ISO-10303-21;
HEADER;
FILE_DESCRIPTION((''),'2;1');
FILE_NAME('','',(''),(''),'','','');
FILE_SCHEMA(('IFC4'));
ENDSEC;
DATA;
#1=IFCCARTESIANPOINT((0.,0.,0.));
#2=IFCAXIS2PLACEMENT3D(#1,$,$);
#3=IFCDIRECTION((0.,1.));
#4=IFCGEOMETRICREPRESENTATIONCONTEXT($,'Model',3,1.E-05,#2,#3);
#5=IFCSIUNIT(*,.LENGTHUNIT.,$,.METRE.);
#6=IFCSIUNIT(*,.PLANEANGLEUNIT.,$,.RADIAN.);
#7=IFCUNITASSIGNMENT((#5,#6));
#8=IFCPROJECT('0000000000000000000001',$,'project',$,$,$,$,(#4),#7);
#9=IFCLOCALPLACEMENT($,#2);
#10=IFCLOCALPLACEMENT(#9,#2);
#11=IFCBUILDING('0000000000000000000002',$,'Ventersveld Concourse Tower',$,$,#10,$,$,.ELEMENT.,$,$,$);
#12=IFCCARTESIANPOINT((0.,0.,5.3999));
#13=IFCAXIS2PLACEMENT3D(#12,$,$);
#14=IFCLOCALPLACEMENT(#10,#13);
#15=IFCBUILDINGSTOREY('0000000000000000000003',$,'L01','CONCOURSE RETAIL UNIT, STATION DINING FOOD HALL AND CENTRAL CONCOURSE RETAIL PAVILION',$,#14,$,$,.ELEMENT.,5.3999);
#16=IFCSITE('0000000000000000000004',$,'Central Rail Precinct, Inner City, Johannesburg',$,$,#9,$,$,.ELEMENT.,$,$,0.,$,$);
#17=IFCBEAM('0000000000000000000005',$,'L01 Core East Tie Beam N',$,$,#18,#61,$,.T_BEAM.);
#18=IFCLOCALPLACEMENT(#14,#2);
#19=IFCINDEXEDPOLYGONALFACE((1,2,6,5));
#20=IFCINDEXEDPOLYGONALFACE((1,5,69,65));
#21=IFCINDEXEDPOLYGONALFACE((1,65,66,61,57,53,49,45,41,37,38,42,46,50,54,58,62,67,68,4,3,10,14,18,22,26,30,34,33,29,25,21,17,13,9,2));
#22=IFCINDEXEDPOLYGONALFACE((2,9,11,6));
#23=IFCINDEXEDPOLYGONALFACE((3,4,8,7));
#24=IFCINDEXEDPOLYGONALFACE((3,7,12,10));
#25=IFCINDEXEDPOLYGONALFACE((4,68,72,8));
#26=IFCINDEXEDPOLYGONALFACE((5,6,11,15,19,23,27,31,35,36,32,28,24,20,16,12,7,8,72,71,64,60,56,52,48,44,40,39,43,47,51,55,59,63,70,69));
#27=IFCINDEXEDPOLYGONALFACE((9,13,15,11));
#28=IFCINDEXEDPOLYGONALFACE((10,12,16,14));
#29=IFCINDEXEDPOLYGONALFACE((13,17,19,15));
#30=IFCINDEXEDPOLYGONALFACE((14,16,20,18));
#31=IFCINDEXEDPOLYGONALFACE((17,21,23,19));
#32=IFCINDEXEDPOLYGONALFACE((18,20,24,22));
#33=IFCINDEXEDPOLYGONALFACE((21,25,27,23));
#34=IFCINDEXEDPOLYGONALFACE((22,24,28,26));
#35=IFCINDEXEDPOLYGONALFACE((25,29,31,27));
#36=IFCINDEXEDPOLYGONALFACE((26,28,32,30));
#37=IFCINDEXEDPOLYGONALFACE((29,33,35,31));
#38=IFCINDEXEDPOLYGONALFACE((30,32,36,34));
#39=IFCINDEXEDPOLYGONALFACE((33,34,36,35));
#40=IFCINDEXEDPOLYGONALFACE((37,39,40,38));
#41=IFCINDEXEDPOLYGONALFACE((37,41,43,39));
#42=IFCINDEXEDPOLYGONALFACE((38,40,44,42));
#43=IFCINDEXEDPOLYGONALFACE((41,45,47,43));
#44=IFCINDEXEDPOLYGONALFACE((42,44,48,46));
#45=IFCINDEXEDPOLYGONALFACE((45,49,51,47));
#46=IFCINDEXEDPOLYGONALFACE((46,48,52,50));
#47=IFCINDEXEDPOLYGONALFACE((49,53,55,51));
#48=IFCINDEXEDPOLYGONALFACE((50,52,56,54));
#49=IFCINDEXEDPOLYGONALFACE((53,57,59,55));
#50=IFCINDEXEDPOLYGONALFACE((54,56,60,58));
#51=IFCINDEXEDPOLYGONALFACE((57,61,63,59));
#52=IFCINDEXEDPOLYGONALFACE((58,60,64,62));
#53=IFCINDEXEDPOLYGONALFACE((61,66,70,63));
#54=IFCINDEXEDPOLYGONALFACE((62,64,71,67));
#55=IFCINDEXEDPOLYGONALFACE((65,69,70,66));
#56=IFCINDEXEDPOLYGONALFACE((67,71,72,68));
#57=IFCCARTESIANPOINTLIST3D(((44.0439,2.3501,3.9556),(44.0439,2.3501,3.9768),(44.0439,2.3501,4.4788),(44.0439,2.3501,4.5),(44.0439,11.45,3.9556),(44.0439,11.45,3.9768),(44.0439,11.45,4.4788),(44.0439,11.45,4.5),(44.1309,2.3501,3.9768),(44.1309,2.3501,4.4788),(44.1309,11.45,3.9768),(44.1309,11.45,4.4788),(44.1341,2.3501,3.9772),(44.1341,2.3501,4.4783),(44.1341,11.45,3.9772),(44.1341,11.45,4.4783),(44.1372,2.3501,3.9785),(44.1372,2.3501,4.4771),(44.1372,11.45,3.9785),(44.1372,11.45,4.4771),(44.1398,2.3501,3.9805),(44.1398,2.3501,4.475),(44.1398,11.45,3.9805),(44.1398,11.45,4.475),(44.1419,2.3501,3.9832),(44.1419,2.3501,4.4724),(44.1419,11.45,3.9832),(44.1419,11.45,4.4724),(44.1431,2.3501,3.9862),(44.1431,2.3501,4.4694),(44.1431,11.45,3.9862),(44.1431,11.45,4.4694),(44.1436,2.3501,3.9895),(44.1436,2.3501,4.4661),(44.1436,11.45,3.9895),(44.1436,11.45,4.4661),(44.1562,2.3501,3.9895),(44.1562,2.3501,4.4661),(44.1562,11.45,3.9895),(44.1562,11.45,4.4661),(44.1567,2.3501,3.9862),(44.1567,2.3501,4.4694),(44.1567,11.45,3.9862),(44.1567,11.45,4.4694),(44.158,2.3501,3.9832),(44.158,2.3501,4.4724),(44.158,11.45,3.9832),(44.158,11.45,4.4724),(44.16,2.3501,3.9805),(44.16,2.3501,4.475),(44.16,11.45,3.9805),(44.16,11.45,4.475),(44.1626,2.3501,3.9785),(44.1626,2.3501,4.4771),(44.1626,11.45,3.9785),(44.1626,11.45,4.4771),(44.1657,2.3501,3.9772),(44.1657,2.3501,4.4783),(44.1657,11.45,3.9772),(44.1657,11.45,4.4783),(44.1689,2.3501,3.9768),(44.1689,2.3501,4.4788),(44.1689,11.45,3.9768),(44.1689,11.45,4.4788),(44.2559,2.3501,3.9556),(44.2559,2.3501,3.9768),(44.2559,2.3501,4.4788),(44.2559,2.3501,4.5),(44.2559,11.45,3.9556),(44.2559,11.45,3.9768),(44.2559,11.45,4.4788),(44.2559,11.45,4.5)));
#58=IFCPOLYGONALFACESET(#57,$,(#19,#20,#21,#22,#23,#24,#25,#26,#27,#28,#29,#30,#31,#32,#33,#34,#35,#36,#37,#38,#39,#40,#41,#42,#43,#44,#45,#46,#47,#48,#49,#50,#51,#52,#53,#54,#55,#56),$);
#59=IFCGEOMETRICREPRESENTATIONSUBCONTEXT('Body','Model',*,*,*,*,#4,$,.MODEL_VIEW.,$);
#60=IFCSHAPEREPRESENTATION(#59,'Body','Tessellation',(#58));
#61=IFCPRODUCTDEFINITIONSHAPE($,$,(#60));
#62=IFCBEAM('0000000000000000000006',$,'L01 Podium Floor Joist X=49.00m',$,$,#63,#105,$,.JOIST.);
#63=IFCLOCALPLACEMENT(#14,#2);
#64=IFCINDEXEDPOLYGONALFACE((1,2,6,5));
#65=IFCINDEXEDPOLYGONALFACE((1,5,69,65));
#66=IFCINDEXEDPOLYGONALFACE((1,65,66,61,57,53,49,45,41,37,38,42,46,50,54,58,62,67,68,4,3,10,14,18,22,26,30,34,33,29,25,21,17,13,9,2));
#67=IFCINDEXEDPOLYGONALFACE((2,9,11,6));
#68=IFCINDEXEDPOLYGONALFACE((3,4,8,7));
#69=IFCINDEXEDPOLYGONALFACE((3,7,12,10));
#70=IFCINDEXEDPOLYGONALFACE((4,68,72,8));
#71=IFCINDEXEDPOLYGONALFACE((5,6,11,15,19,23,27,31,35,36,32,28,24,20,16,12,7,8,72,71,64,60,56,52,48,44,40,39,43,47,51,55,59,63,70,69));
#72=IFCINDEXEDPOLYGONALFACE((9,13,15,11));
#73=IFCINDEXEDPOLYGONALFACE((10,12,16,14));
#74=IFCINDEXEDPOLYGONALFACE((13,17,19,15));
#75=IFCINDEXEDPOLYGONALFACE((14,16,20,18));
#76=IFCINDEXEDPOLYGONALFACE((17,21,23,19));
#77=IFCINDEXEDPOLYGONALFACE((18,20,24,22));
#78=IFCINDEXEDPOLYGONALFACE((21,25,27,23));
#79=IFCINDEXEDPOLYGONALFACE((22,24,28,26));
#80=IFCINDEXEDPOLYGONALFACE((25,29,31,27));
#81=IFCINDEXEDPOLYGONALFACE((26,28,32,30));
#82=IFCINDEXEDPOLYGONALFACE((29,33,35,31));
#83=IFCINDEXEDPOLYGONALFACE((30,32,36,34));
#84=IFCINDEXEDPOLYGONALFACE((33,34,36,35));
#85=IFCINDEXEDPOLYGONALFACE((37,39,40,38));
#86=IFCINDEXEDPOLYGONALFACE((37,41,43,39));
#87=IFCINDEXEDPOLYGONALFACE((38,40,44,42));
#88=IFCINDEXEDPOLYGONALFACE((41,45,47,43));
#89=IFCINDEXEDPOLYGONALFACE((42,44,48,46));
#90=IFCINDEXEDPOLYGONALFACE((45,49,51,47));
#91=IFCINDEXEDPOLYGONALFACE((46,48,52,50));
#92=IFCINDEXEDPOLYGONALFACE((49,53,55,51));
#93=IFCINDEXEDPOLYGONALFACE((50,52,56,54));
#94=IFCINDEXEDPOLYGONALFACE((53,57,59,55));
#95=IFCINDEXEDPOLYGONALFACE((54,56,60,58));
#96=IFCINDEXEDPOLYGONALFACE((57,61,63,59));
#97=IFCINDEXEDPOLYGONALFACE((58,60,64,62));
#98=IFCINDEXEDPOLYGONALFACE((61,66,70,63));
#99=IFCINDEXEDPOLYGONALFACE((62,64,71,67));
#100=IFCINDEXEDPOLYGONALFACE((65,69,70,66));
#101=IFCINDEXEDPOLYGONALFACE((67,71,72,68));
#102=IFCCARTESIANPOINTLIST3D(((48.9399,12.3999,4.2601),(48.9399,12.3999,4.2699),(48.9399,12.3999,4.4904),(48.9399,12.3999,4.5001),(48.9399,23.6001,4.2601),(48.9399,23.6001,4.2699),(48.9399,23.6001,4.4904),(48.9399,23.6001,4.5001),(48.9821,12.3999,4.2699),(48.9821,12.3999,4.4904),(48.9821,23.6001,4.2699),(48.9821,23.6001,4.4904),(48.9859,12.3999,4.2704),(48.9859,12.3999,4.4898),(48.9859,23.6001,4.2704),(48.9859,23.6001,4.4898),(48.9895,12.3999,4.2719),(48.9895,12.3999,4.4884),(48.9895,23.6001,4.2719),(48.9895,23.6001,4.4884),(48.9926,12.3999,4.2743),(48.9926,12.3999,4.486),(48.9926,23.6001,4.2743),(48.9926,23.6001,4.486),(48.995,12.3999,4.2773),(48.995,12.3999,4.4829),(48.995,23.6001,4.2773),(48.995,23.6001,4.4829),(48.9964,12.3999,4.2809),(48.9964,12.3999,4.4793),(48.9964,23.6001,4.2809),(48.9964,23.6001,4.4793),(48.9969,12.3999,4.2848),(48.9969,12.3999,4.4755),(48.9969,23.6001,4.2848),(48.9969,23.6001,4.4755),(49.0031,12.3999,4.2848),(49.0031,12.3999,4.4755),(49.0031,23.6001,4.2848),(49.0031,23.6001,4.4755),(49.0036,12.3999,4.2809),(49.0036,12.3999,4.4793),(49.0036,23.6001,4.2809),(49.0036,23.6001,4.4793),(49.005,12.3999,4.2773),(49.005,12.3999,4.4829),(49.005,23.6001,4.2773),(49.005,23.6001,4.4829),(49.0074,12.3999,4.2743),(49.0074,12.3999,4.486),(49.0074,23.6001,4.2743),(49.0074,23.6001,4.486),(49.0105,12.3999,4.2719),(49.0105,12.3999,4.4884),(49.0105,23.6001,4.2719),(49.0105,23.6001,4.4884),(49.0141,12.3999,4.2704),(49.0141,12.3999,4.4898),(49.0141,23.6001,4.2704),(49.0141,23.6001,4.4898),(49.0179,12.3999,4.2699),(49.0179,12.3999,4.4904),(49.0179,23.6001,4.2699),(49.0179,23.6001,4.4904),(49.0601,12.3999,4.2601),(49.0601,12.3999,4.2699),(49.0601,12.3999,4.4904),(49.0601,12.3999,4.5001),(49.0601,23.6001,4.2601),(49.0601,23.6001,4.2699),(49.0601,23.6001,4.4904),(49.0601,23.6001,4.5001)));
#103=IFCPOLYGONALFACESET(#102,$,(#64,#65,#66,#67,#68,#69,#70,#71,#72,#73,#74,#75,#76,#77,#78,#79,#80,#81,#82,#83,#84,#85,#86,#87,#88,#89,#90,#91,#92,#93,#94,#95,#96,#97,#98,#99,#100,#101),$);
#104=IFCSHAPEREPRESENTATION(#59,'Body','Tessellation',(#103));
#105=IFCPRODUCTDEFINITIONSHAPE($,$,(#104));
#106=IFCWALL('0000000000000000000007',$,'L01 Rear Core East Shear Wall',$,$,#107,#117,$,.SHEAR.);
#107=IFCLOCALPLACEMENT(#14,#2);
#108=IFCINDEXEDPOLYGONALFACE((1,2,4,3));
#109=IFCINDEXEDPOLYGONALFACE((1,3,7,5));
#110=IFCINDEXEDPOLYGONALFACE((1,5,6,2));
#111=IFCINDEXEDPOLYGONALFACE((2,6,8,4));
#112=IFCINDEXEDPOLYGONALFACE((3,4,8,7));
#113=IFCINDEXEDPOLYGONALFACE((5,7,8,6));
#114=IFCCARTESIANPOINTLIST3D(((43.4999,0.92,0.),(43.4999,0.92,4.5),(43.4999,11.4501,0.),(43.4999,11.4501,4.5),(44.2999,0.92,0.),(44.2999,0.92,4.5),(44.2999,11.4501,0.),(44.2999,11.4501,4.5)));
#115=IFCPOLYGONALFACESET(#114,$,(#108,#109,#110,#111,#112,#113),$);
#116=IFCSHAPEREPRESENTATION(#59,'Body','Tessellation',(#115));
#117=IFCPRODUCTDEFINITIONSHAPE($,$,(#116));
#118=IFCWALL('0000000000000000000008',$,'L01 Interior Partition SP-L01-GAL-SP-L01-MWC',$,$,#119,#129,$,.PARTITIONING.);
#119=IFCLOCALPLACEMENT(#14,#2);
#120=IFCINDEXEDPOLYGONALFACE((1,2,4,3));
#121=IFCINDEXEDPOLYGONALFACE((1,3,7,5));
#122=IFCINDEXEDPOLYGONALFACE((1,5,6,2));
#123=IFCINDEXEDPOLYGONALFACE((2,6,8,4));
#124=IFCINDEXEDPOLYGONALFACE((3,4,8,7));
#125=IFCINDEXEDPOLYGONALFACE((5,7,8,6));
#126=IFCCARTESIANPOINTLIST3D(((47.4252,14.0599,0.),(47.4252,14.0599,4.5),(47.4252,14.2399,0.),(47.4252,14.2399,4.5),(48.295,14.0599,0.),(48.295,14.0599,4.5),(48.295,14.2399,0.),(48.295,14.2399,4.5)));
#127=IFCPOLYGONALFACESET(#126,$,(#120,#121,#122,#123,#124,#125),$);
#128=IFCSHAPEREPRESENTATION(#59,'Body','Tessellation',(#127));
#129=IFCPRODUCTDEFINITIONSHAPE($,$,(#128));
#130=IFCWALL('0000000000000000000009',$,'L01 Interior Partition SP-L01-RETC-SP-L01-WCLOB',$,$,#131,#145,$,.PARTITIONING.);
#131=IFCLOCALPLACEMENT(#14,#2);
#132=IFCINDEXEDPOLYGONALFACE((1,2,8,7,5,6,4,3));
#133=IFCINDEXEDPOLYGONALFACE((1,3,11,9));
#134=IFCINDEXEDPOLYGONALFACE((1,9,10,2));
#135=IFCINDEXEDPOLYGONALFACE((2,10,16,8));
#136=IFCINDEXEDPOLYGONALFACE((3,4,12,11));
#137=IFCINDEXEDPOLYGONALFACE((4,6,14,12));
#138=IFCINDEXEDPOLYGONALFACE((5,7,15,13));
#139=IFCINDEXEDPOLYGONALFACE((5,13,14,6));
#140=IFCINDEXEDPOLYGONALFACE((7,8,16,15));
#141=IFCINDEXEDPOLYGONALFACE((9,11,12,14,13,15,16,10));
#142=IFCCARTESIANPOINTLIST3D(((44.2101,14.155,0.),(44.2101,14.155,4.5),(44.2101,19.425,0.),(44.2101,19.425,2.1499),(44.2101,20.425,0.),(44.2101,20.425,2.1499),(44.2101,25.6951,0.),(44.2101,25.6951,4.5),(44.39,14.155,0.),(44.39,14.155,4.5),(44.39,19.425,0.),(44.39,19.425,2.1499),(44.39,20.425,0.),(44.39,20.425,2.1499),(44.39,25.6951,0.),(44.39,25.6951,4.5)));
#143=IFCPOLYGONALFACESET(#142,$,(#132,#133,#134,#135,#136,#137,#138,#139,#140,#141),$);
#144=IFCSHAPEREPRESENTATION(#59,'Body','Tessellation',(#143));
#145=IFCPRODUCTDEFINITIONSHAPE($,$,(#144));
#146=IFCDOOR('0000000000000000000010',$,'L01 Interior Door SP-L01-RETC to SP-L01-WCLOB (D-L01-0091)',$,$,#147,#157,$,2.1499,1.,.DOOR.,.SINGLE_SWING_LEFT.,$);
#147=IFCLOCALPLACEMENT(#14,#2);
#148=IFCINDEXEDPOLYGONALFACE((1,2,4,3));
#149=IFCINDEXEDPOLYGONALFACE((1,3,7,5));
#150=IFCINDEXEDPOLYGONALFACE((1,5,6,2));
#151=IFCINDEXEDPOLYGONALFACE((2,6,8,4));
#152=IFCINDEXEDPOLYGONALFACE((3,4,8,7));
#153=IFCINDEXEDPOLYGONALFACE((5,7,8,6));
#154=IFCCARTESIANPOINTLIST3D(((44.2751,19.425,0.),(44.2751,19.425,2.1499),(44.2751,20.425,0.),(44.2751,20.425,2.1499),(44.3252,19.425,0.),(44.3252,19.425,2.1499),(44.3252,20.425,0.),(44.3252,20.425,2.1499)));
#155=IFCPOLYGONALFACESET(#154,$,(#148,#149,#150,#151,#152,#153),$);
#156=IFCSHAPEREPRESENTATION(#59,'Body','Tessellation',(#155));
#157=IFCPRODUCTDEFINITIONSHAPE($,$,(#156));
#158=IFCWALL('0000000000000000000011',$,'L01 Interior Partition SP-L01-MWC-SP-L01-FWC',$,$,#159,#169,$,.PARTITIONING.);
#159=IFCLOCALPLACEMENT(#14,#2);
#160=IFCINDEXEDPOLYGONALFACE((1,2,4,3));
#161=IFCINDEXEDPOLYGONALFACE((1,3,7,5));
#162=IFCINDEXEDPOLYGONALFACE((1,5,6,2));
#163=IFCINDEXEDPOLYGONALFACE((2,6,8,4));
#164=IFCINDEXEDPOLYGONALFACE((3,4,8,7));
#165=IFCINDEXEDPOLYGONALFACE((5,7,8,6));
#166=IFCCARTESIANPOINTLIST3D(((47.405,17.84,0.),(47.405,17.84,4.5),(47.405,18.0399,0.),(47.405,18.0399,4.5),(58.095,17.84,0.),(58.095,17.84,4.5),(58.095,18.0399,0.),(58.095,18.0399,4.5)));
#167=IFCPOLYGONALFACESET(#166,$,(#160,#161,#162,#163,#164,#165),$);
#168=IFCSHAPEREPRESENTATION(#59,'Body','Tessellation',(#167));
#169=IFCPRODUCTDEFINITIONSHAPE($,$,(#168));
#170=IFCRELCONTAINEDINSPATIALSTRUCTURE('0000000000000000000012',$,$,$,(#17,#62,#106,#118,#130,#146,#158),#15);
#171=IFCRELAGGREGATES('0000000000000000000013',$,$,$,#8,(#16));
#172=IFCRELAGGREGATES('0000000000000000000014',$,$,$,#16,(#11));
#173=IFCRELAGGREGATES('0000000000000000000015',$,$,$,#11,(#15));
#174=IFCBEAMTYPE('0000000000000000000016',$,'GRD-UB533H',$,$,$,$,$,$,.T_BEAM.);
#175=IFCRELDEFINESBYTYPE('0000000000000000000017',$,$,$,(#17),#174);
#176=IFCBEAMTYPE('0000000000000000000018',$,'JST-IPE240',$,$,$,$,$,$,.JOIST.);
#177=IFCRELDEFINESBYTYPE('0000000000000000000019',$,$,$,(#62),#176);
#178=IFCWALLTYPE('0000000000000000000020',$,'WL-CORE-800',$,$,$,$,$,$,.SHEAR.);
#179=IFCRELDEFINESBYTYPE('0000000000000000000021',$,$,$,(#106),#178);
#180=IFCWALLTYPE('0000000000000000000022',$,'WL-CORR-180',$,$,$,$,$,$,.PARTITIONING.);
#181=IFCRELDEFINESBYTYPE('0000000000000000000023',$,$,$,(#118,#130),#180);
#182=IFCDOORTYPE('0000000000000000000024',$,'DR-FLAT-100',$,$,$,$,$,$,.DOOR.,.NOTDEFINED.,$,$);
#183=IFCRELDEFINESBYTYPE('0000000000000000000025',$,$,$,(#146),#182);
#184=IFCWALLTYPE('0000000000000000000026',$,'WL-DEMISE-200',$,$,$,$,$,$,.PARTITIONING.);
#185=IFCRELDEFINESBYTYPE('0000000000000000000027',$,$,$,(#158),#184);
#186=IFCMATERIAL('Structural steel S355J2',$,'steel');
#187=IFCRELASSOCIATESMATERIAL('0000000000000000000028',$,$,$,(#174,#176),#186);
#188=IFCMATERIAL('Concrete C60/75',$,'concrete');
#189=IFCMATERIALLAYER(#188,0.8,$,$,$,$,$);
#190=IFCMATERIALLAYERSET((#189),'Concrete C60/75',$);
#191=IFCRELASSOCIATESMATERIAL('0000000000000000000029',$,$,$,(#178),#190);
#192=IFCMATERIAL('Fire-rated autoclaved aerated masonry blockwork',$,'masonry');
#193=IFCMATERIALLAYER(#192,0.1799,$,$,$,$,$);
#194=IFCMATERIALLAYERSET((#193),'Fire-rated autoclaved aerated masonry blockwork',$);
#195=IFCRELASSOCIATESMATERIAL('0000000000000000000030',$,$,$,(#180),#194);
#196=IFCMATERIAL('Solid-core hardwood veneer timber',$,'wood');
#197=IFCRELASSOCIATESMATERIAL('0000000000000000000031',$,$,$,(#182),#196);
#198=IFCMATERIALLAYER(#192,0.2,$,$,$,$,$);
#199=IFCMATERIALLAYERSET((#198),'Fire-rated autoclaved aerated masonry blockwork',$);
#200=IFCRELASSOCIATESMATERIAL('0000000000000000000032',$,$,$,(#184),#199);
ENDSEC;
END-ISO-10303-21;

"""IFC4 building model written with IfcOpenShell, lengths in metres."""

from ifc_helpers import new_model, si_unit, direction, frame, frame_2d, origin, origin_2d, place, context, subcontext, project, spatial, rectangle, i_section, extrude, material, layer, layer_set, material_profile, profile_set, type_object, element, fill, save


model = new_model("IFC4")

# Units and contexts
model_context = context("Model", 3, precision=1e-05, world=origin(), true_north=direction((0.0, 1.0)))
body_context = subcontext(model_context, "Body", "Model", "MODEL_VIEW")
ifc_project = project(units=[si_unit("LENGTHUNIT", "METRE"), si_unit("PLANEANGLEUNIT", "RADIAN")], contexts=[model_context])

# Site, building, storey
site_placement = place(None, origin())
site = spatial("IfcSite", under=ifc_project, at=site_placement, Name="Central Rail Precinct, Inner City, Johannesburg", CompositionType="ELEMENT", RefElevation=0.0)
building_placement = place(site_placement, origin())
building = spatial("IfcBuilding", under=site, at=building_placement, Name="Ventersveld Concourse Tower", CompositionType="ELEMENT")
storey_placement = place(building_placement, frame((0.0, 0.0, 5.3999)))
storey = spatial("IfcBuildingStorey", under=building, at=storey_placement, Name="L01", Description="CONCOURSE RETAIL UNIT, STATION DINING FOOD HALL AND CENTRAL CONCOURSE RETAIL PAVILION", CompositionType="ELEMENT", Elevation=5.3999)

# Shared definitions
ifc_material_1 = material(Name="Concrete C60/75", Category="concrete")

# Beams
ifc_material_2 = material(Name="Structural steel S355J2", Category="steel")
ifc_material_profile_1 = material_profile(ifc_material_2, i_section(OverallWidth=0.2119, OverallDepth=0.5444, WebThickness=0.0127, FlangeThickness=0.0212, FilletRadius=0.0127, at=origin_2d()), Name="UB 533x210x122")
ifc_profile_set_1 = profile_set([ifc_material_profile_1], Name="Structural steel S355J2")
beam_type_1 = type_object("IfcBeamType", Name="GRD-UB533H", PredefinedType="T_BEAM", material=ifc_profile_set_1)
beam_1_placement = place(storey_placement, frame((44.1499, 2.3501, 4.2278), z_axis=(0.0, 1.0, 0.0), x_axis=(-1.0, 0.0, 0.0)))
element("IfcBeam", 1, at=beam_1_placement, inside=storey, type_object=beam_type_1, Name="L01 Core East Tie Beam N", PredefinedType="T_BEAM", context=body_context, shape_type="SweptSolid", body=[
    extrude(i_section(OverallWidth=0.2119, OverallDepth=0.5444, WebThickness=0.0127, FlangeThickness=0.0212, FilletRadius=0.0127, at=origin_2d()), origin(), (0.0, 0.0, 1.0), 9.0999),
])
ifc_material_profile_2 = material_profile(ifc_material_2, i_section(OverallWidth=0.1201, OverallDepth=0.24, WebThickness=0.0061, FlangeThickness=0.0098, FilletRadius=0.0149, at=origin_2d()), Name="IPE 240")
ifc_profile_set_2 = profile_set([ifc_material_profile_2], Name="Structural steel S355J2")
beam_type_2 = type_object("IfcBeamType", Name="JST-IPE240", PredefinedType="JOIST", material=ifc_profile_set_2)
beam_2_placement = place(storey_placement, frame((49.0, 12.3999, 4.3801), z_axis=(0.0, 1.0, 0.0), x_axis=(-1.0, 0.0, 0.0)))
element("IfcBeam", 2, at=beam_2_placement, inside=storey, type_object=beam_type_2, Name="L01 Podium Floor Joist X=49.00m", PredefinedType="JOIST", context=body_context, shape_type="SweptSolid", body=[
    extrude(i_section(OverallWidth=0.1201, OverallDepth=0.24, WebThickness=0.0061, FlangeThickness=0.0098, FilletRadius=0.0149, at=origin_2d()), origin(), (0.0, 0.0, 1.0), 11.2002),
])

# Wall
ifc_layer_1 = layer(ifc_material_1, 0.8)
ifc_layer_set_1 = layer_set([ifc_layer_1], Name="Concrete C60/75")
wall_type_1 = type_object("IfcWallType", Name="WL-CORE-800", PredefinedType="SHEAR", material=ifc_layer_set_1)
wall_1_placement = place(storey_placement, frame((43.8999, 0.9199, 0.0), z_axis=(0.0, 0.0, 1.0), x_axis=(0.0, 1.0, 0.0)))
element("IfcWall", 3, at=wall_1_placement, inside=storey, type_object=wall_type_1, Name="L01 Rear Core East Shear Wall", PredefinedType="SHEAR", context=body_context, shape_type="SweptSolid", body=[
    extrude(rectangle(XDim=10.53, YDim=0.8, at=frame_2d((5.2651, 0.0))), origin(), (0.0, 0.0, 1.0), 4.5),
])

# Shared definitions
ifc_material_3 = material(Name="Fire-rated autoclaved aerated masonry blockwork", Category="masonry")
ifc_layer_2 = layer(ifc_material_3, 0.1799)
ifc_layer_set_2 = layer_set([ifc_layer_2], Name="Fire-rated autoclaved aerated masonry blockwork")
wall_type_2 = type_object("IfcWallType", Name="WL-CORR-180", PredefinedType="PARTITIONING", material=ifc_layer_set_2)
ifc_material_4 = material(Name="Solid-core hardwood veneer timber", Category="wood")
door_type_1 = type_object("IfcDoorType", Name="DR-FLAT-100", OperationType="NOTDEFINED", PredefinedType="DOOR", material=ifc_material_4)

# Wall
wall_2_placement = place(storey_placement, frame((47.425, 14.1499, 0.0), z_axis=(0.0, 0.0, 1.0), x_axis=(1.0, 0.0, 0.0)))
element("IfcWall", 4, at=wall_2_placement, inside=storey, type_object=wall_type_2, Name="L01 Interior Partition SP-L01-GAL-SP-L01-MWC", PredefinedType="PARTITIONING", context=body_context, shape_type="SweptSolid", body=[
    extrude(rectangle(XDim=0.8699, YDim=0.1799, at=frame_2d((0.4351, 0.0))), origin(), (0.0, 0.0, 1.0), 4.5),
])

# Wall, opening, door
wall_3_placement = place(storey_placement, frame((44.3, 14.155, 0.0), z_axis=(0.0, 0.0, 1.0), x_axis=(0.0, 1.0, 0.0)))
wall_3 = element("IfcWall", 5, at=wall_3_placement, inside=storey, type_object=wall_type_2, Name="L01 Interior Partition SP-L01-RETC-SP-L01-WCLOB", PredefinedType="PARTITIONING", context=body_context, shape_type="SweptSolid", body=[
    extrude(rectangle(XDim=11.54, YDim=0.1799, at=frame_2d((5.77, 0.0))), origin(), (0.0, 0.0, 1.0), 4.5),
])
opening_1_placement = place(wall_3_placement, frame((5.27, 0.0, 0.0)))
opening_1 = element("IfcOpeningElement", 6, at=opening_1_placement, cuts=wall_3, PredefinedType="OPENING", context=body_context, shape_type="SweptSolid", body=[
    extrude(rectangle(XDim=1.0, YDim=2.1499, at=frame_2d((0.5, 1.075))), frame((0.0, 0.1001, 0.0), z_axis=(0.0, -1.0, 0.0), x_axis=(1.0, 0.0, 0.0)), (0.0, 0.0, 1.0), 0.2),
])
door_1_placement = place(opening_1_placement, origin())
door_1 = element("IfcDoor", 7, at=door_1_placement, inside=storey, type_object=door_type_1, Name="L01 Interior Door SP-L01-RETC to SP-L01-WCLOB (D-L01-0091)", OperationType="SINGLE_SWING_LEFT", OverallHeight=2.1499, OverallWidth=1.0, PredefinedType="DOOR", context=body_context, shape_type="SweptSolid", body=[
    extrude(rectangle(XDim=1.0, YDim=2.1499, at=frame_2d((0.5, 1.075))), frame((0.0, 0.0249, 0.0), z_axis=(0.0, -1.0, 0.0), x_axis=(1.0, 0.0, 0.0)), (0.0, 0.0, 1.0), 0.05),
])
fill(opening_1, door_1)

# Wall
ifc_layer_3 = layer(ifc_material_3, 0.2)
ifc_layer_set_3 = layer_set([ifc_layer_3], Name="Fire-rated autoclaved aerated masonry blockwork")
wall_type_3 = type_object("IfcWallType", Name="WL-DEMISE-200", PredefinedType="PARTITIONING", material=ifc_layer_set_3)
wall_4_placement = place(storey_placement, frame((47.405, 17.9399, 0.0), z_axis=(0.0, 0.0, 1.0), x_axis=(1.0, 0.0, 0.0)))
element("IfcWall", 8, at=wall_4_placement, inside=storey, type_object=wall_type_3, Name="L01 Interior Partition SP-L01-MWC-SP-L01-FWC", PredefinedType="PARTITIONING", context=body_context, shape_type="SweptSolid", body=[
    extrude(rectangle(XDim=10.6899, YDim=0.2, at=frame_2d((5.345, 0.0))), origin(), (0.0, 0.0, 1.0), 4.5),
])

save(model, "model.ifc")
